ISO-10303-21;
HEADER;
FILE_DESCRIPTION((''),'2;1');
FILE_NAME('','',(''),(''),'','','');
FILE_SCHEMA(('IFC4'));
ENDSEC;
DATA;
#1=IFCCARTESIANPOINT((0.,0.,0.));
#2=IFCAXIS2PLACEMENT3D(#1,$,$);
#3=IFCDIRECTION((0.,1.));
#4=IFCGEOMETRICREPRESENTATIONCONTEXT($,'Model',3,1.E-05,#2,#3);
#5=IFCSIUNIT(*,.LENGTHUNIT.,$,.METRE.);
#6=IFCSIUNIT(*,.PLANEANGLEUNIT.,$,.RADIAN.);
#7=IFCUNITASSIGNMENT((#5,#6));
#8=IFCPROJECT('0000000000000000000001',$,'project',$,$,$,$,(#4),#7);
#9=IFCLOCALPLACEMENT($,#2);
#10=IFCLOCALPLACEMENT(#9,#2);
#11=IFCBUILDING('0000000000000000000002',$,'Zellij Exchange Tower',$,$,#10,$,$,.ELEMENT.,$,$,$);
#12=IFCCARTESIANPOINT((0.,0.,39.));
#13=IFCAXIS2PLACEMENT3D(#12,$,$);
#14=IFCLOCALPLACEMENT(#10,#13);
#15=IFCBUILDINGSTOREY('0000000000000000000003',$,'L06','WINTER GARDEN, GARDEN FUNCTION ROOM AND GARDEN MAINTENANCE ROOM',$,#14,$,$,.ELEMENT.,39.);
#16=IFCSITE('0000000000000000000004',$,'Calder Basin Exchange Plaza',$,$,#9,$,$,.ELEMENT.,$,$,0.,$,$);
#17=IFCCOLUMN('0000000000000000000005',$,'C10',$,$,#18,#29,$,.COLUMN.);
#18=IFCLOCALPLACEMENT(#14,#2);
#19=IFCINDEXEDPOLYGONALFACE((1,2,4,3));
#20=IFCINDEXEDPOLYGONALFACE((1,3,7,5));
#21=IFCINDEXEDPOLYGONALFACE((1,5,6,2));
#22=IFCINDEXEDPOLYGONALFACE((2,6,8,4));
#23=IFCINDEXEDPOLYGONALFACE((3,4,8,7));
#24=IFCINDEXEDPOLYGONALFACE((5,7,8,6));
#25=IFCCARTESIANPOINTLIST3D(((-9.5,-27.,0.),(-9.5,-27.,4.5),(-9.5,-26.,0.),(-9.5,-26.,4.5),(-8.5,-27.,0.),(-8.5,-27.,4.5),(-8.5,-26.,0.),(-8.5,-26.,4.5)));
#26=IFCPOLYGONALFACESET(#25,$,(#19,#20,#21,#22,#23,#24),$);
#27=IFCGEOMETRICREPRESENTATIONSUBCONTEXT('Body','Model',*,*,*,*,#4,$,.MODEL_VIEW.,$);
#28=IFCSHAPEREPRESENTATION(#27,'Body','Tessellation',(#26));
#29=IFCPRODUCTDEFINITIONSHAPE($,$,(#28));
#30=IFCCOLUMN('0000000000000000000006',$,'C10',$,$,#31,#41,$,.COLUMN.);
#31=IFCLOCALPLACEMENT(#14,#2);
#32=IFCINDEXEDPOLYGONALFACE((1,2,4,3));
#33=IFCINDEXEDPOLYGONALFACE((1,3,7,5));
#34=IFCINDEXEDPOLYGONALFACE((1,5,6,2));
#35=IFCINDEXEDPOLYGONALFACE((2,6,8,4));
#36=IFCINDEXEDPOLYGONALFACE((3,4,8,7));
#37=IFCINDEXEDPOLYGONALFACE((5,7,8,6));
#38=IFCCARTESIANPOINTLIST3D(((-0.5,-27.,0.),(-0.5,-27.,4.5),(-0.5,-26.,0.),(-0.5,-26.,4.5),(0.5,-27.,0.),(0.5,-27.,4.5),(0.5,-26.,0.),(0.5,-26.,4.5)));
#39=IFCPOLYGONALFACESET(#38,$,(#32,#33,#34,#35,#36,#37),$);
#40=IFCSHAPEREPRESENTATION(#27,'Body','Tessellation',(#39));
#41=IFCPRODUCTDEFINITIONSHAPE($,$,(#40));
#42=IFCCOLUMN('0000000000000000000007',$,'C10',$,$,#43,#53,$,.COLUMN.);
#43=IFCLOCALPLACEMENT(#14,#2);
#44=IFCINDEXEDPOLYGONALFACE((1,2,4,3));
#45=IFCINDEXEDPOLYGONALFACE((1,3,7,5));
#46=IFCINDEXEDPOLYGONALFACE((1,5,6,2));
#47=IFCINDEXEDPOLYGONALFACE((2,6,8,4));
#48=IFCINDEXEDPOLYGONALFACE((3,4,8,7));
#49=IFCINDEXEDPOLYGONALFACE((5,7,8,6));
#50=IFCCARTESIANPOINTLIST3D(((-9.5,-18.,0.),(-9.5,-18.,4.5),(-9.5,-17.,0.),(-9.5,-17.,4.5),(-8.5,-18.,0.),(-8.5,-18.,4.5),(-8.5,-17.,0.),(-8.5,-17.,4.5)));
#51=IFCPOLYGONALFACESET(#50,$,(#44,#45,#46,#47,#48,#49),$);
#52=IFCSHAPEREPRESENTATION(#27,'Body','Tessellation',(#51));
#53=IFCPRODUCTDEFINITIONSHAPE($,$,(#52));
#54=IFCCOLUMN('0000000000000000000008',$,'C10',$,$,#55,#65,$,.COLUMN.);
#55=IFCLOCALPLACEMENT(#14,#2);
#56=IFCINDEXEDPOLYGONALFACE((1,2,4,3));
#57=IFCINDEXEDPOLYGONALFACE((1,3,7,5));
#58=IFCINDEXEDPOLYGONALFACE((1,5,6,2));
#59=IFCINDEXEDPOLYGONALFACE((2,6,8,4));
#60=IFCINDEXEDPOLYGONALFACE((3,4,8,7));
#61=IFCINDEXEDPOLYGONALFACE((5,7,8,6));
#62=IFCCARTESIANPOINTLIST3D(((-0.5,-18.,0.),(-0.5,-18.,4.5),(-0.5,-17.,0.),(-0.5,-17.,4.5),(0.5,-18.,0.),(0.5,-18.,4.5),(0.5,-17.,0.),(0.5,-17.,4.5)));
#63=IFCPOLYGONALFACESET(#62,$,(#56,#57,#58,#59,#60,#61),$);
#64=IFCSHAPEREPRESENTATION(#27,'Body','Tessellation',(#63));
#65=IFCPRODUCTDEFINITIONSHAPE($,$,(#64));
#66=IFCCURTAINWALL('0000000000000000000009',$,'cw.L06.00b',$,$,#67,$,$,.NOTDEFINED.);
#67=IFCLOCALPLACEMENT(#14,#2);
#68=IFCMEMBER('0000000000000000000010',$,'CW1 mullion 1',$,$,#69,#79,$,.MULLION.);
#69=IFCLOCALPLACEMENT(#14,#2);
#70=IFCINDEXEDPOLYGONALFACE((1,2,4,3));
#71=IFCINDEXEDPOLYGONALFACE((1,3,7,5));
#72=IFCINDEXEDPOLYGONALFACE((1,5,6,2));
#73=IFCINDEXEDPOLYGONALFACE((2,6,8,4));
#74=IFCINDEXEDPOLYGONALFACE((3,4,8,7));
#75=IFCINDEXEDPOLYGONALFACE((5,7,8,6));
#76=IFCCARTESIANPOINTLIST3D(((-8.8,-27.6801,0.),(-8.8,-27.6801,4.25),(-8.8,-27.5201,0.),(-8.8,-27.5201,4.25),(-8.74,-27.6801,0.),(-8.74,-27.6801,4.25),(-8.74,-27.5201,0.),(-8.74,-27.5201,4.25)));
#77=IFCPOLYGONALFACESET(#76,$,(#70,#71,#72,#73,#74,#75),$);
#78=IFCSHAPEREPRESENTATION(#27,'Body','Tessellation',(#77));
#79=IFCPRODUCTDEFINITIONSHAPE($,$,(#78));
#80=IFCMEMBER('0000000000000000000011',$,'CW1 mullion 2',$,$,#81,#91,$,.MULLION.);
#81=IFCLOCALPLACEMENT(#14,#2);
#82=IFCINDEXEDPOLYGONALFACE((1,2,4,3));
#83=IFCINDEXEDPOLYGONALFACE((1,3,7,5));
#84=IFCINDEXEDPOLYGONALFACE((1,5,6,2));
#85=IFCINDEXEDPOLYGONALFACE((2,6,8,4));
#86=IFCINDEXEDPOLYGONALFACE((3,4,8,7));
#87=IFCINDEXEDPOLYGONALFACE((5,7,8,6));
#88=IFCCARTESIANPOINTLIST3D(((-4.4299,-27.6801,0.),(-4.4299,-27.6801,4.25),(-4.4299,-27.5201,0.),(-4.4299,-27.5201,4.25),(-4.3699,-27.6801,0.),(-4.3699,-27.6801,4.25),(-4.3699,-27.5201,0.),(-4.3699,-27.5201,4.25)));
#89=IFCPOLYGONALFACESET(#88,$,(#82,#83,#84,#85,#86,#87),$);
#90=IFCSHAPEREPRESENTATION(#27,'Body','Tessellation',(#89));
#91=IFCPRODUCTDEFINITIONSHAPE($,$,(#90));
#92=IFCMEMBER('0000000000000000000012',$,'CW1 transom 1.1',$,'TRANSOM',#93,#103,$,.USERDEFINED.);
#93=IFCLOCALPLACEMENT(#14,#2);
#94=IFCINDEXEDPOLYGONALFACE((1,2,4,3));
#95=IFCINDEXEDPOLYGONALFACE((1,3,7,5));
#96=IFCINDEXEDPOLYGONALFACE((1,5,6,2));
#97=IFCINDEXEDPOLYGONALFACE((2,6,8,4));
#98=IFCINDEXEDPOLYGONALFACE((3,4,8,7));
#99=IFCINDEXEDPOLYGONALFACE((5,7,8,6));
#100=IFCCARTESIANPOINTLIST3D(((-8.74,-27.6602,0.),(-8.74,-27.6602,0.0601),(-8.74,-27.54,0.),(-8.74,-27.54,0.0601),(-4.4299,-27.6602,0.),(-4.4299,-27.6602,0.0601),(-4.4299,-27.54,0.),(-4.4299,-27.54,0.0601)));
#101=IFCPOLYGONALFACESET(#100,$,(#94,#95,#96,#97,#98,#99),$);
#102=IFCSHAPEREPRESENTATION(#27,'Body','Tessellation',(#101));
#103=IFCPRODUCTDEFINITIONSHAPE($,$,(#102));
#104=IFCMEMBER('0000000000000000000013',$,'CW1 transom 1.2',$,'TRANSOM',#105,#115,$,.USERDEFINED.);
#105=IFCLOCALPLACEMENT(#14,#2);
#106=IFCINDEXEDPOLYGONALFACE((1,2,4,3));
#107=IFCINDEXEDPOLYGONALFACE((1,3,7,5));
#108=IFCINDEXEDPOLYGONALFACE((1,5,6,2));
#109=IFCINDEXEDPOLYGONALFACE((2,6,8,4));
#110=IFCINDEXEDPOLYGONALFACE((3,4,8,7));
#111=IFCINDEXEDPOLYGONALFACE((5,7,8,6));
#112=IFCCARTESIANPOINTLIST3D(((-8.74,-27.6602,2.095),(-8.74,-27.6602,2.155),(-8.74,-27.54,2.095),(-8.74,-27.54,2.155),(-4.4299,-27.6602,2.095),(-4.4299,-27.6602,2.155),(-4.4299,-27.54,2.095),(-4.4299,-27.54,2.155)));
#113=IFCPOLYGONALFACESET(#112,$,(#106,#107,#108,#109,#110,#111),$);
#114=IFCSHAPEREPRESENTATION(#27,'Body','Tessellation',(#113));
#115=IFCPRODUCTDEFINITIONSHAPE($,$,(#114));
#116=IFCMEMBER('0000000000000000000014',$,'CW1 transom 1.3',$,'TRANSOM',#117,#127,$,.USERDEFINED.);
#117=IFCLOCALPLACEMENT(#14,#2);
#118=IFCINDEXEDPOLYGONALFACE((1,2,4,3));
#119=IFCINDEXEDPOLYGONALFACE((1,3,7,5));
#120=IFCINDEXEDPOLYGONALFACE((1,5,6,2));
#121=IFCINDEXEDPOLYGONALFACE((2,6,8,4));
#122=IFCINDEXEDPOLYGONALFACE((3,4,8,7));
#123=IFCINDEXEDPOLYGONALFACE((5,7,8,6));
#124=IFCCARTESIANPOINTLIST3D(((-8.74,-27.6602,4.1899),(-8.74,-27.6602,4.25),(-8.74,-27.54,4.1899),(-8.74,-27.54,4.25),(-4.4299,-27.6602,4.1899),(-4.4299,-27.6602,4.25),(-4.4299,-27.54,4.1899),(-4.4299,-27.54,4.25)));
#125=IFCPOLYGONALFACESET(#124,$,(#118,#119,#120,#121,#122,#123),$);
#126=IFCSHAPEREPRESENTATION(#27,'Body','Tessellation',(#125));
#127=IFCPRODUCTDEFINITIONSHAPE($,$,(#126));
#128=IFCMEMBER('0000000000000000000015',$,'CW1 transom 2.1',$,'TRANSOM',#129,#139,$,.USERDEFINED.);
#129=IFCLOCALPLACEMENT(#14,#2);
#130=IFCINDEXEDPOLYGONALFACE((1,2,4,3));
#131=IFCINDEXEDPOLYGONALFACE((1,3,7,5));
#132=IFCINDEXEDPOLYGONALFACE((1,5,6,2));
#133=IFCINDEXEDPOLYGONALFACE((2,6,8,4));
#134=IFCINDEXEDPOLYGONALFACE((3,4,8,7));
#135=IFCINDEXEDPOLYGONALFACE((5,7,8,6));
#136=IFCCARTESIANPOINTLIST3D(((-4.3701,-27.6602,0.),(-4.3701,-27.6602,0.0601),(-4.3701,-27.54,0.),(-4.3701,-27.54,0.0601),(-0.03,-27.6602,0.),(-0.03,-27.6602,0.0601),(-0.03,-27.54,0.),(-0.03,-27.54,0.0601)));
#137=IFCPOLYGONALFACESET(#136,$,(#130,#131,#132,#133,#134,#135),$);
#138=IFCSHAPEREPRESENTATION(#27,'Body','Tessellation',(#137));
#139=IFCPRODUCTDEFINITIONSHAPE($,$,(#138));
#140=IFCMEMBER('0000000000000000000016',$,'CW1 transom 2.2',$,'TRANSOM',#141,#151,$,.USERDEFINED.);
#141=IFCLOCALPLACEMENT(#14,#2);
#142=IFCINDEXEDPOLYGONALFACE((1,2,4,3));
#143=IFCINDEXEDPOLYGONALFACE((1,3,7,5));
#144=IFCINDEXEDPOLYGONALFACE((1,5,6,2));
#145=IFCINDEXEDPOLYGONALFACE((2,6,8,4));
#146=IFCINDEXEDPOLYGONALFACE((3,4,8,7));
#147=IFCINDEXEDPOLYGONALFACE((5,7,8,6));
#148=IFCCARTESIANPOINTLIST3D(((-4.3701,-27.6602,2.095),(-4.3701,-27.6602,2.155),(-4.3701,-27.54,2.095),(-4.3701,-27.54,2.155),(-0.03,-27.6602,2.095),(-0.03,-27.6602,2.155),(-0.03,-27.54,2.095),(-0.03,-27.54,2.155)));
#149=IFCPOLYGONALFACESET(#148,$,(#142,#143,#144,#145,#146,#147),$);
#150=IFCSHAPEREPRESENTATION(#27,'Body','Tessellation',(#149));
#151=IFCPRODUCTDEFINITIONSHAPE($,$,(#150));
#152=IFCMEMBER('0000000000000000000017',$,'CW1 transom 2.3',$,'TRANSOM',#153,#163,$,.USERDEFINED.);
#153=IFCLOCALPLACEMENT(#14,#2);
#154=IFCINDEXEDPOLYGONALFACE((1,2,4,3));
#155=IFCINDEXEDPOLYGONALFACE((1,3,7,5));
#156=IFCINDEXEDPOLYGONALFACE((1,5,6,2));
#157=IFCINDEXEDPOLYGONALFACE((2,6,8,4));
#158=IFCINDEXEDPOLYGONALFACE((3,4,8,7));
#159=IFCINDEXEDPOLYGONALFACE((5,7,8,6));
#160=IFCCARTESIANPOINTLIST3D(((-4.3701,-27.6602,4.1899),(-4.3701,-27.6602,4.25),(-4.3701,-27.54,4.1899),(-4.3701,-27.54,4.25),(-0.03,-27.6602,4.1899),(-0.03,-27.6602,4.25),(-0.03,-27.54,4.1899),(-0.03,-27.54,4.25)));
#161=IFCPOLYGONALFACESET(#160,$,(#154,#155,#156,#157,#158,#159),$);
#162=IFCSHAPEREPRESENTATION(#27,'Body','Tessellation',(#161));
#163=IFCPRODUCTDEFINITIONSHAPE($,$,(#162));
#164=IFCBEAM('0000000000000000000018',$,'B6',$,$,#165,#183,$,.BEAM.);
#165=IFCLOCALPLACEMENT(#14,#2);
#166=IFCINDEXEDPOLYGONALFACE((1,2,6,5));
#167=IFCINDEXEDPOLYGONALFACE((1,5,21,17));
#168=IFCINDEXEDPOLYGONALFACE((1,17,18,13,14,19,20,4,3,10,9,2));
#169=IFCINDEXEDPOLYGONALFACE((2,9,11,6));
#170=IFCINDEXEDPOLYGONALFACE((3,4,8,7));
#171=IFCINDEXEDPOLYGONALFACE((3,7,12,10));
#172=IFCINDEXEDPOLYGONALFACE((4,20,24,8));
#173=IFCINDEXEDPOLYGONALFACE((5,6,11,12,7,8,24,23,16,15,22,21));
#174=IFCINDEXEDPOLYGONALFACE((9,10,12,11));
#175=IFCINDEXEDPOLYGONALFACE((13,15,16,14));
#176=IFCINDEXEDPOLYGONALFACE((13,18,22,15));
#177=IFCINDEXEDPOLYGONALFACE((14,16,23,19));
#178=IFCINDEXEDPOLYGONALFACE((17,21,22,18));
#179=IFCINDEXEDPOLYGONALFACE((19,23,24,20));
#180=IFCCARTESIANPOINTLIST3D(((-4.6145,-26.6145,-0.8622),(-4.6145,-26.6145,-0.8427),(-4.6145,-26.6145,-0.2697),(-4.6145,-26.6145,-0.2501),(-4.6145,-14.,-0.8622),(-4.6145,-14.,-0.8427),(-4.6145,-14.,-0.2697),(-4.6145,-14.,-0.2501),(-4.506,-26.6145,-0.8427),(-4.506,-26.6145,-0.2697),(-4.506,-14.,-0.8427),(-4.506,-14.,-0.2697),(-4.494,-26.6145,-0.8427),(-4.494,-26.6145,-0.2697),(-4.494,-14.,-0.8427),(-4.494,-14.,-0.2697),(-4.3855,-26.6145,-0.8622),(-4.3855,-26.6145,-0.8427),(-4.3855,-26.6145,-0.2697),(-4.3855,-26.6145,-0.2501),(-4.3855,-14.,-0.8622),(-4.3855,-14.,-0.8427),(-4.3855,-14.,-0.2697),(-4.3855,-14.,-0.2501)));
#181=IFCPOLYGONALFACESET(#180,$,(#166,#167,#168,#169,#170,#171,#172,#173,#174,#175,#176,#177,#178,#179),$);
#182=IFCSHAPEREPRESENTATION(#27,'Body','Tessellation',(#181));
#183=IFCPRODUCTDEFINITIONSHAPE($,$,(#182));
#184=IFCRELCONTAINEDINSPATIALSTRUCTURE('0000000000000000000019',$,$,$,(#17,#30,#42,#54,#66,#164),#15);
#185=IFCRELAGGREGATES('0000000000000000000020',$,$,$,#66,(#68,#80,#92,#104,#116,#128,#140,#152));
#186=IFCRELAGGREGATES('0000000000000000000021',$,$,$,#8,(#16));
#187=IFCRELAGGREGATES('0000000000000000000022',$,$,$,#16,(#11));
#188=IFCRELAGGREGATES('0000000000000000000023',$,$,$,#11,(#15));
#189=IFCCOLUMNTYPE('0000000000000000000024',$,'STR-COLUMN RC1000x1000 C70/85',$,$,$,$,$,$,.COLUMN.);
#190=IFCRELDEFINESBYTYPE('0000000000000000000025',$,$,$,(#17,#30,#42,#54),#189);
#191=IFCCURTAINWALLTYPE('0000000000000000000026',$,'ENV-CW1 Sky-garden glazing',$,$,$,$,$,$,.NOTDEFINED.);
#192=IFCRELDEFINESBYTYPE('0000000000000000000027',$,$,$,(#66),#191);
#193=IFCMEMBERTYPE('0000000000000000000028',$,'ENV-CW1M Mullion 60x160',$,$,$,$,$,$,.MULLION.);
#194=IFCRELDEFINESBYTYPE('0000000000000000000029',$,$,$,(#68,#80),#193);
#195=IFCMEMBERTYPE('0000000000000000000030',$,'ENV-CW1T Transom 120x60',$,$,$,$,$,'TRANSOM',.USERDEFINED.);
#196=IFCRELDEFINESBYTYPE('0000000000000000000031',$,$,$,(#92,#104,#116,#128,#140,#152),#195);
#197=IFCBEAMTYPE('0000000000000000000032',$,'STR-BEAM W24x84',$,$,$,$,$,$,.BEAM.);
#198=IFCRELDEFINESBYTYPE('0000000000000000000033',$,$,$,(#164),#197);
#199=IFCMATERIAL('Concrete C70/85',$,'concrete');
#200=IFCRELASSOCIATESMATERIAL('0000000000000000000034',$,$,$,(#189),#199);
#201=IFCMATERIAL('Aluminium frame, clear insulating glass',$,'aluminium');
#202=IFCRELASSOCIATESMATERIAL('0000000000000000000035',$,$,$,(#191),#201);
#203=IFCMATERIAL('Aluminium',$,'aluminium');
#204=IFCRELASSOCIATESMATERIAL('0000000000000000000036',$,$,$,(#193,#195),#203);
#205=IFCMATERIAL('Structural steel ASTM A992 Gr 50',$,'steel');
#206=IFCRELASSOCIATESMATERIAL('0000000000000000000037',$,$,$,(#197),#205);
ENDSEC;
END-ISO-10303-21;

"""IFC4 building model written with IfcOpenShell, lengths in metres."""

from ifc_helpers import new_model, si_unit, direction, frame, origin, origin_2d, place, context, subcontext, project, spatial, rectangle, i_section, extrude, material, material_profile, profile_set, type_object, element, aggregate, save


model = new_model("IFC4")

# Units and contexts
model_context = context("Model", 3, precision=1e-05, world=origin(), true_north=direction((0.0, 1.0)))
body_context = subcontext(model_context, "Body", "Model", "MODEL_VIEW")
ifc_project = project(units=[si_unit("LENGTHUNIT", "METRE"), si_unit("PLANEANGLEUNIT", "RADIAN")], contexts=[model_context])

# Site, building, storey
site_placement = place(None, origin())
site = spatial("IfcSite", under=ifc_project, at=site_placement, Name="Calder Basin Exchange Plaza", CompositionType="ELEMENT", RefElevation=0.0)
building_placement = place(site_placement, origin())
building = spatial("IfcBuilding", under=site, at=building_placement, Name="Zellij Exchange Tower", CompositionType="ELEMENT")
storey_placement = place(building_placement, frame((0.0, 0.0, 39.0)))
storey = spatial("IfcBuildingStorey", under=building, at=storey_placement, Name="L06", Description="WINTER GARDEN, GARDEN FUNCTION ROOM AND GARDEN MAINTENANCE ROOM", CompositionType="ELEMENT", Elevation=39.0)

# Columns
ifc_material_1 = material(Name="Concrete C70/85", Category="concrete")
ifc_material_profile_1 = material_profile(ifc_material_1, rectangle(XDim=1.0, YDim=1.0, at=origin_2d()), Name="STR-COLUMN RC1000x1000 C70/85")
ifc_profile_set_1 = profile_set([ifc_material_profile_1], Name="Concrete C70/85")
column_type = type_object("IfcColumnType", Name="STR-COLUMN RC1000x1000 C70/85", PredefinedType="COLUMN", material=ifc_profile_set_1)
for number, where, z_axis, x_axis, name in (
    (1, (-9.0, -26.5, 0.0), (0.0, 0.0, 1.0), (1.0, 0.0, 0.0), "C10"),
    (2, (0.0, -26.5, 0.0), (0.0, 0.0, 1.0), (1.0, 0.0, 0.0), "C10"),
    (3, (-9.0, -17.5, 0.0), (0.0, 0.0, 1.0), (1.0, 0.0, 0.0), "C10"),
    (4, (0.0, -17.5, 0.0), (0.0, 0.0, 1.0), (1.0, 0.0, 0.0), "C10"),
):
    element("IfcColumn", number, at=place(storey_placement, frame(where, z_axis=z_axis, x_axis=x_axis)), inside=storey, type_object=column_type, Name=name, PredefinedType="COLUMN", context=body_context, shape_type="SweptSolid", body=[
        extrude(rectangle(XDim=1.0, YDim=1.0, at=origin_2d()), origin(), (0.0, 0.0, 1.0), 4.5),
    ])

# Curtain wall, members
ifc_material_2 = material(Name="Aluminium frame, clear insulating glass", Category="aluminium")
curtain_wall_type = type_object("IfcCurtainWallType", Name="ENV-CW1 Sky-garden glazing", PredefinedType="NOTDEFINED", material=ifc_material_2)
curtain_wall_placement = place(storey_placement, origin())
curtain_wall = element("IfcCurtainWall", 5, at=curtain_wall_placement, inside=storey, type_object=curtain_wall_type, Name="cw.L06.00b", PredefinedType="NOTDEFINED")
ifc_material_3 = material(Name="Aluminium", Category="aluminium")
ifc_material_profile_2 = material_profile(ifc_material_3, rectangle(XDim=0.0601, YDim=0.1599, at=origin_2d()), Name="AL 60x160")
ifc_profile_set_2 = profile_set([ifc_material_profile_2], Name="Aluminium")
member_type_1 = type_object("IfcMemberType", Name="ENV-CW1M Mullion 60x160", PredefinedType="MULLION", material=ifc_profile_set_2)
member_1_placement = place(storey_placement, frame((-8.77, -27.6001, 0.0), z_axis=(0.0, 0.0, 1.0), x_axis=(1.0, 0.0, 0.0)))
member_1 = element("IfcMember", 6, at=member_1_placement, type_object=member_type_1, Name="CW1 mullion 1", PredefinedType="MULLION", context=body_context, shape_type="SweptSolid", body=[
    extrude(rectangle(XDim=0.0601, YDim=0.1599, at=origin_2d()), origin(), (0.0, 0.0, 1.0), 4.25),
])
member_2_placement = place(storey_placement, frame((-4.3999, -27.6001, 0.0), z_axis=(0.0, 0.0, 1.0), x_axis=(1.0, 0.0, 0.0)))
member_2 = element("IfcMember", 7, at=member_2_placement, type_object=member_type_1, Name="CW1 mullion 2", PredefinedType="MULLION", context=body_context, shape_type="SweptSolid", body=[
    extrude(rectangle(XDim=0.0601, YDim=0.1599, at=origin_2d()), origin(), (0.0, 0.0, 1.0), 4.25),
])
ifc_material_profile_3 = material_profile(ifc_material_3, rectangle(XDim=0.1201, YDim=0.0601, at=origin_2d()), Name="AL 120x60")
ifc_profile_set_3 = profile_set([ifc_material_profile_3], Name="Aluminium")
member_type_2 = type_object("IfcMemberType", Name="ENV-CW1T Transom 120x60", ElementType="TRANSOM", PredefinedType="USERDEFINED", material=ifc_profile_set_3)
member_3_placement = place(storey_placement, frame((-8.74, -27.6001, 0.03), z_axis=(1.0, 0.0, 0.0), x_axis=(0.0, 1.0, 0.0)))
member_3 = element("IfcMember", 8, at=member_3_placement, type_object=member_type_2, Name="CW1 transom 1.1", ObjectType="TRANSOM", PredefinedType="USERDEFINED", context=body_context, shape_type="SweptSolid", body=[
    extrude(rectangle(XDim=0.1201, YDim=0.0601, at=origin_2d()), origin(), (0.0, 0.0, 1.0), 4.3101),
])
member_4_placement = place(storey_placement, frame((-8.74, -27.6001, 2.125), z_axis=(1.0, 0.0, 0.0), x_axis=(0.0, 1.0, 0.0)))
member_4 = element("IfcMember", 9, at=member_4_placement, type_object=member_type_2, Name="CW1 transom 1.2", ObjectType="TRANSOM", PredefinedType="USERDEFINED", context=body_context, shape_type="SweptSolid", body=[
    extrude(rectangle(XDim=0.1201, YDim=0.0601, at=origin_2d()), origin(), (0.0, 0.0, 1.0), 4.3101),
])
member_5_placement = place(storey_placement, frame((-8.74, -27.6001, 4.22), z_axis=(1.0, 0.0, 0.0), x_axis=(0.0, 1.0, 0.0)))
member_5 = element("IfcMember", 10, at=member_5_placement, type_object=member_type_2, Name="CW1 transom 1.3", ObjectType="TRANSOM", PredefinedType="USERDEFINED", context=body_context, shape_type="SweptSolid", body=[
    extrude(rectangle(XDim=0.1201, YDim=0.0601, at=origin_2d()), origin(), (0.0, 0.0, 1.0), 4.3101),
])
member_6_placement = place(storey_placement, frame((-4.3701, -27.6001, 0.03), z_axis=(1.0, 0.0, 0.0), x_axis=(0.0, 1.0, 0.0)))
member_6 = element("IfcMember", 11, at=member_6_placement, type_object=member_type_2, Name="CW1 transom 2.1", ObjectType="TRANSOM", PredefinedType="USERDEFINED", context=body_context, shape_type="SweptSolid", body=[
    extrude(rectangle(XDim=0.1201, YDim=0.0601, at=origin_2d()), origin(), (0.0, 0.0, 1.0), 4.3401),
])
member_7_placement = place(storey_placement, frame((-4.3701, -27.6001, 2.125), z_axis=(1.0, 0.0, 0.0), x_axis=(0.0, 1.0, 0.0)))
member_7 = element("IfcMember", 12, at=member_7_placement, type_object=member_type_2, Name="CW1 transom 2.2", ObjectType="TRANSOM", PredefinedType="USERDEFINED", context=body_context, shape_type="SweptSolid", body=[
    extrude(rectangle(XDim=0.1201, YDim=0.0601, at=origin_2d()), origin(), (0.0, 0.0, 1.0), 4.3401),
])
member_8_placement = place(storey_placement, frame((-4.3701, -27.6001, 4.22), z_axis=(1.0, 0.0, 0.0), x_axis=(0.0, 1.0, 0.0)))
member_8 = element("IfcMember", 13, at=member_8_placement, type_object=member_type_2, Name="CW1 transom 2.3", ObjectType="TRANSOM", PredefinedType="USERDEFINED", context=body_context, shape_type="SweptSolid", body=[
    extrude(rectangle(XDim=0.1201, YDim=0.0601, at=origin_2d()), origin(), (0.0, 0.0, 1.0), 4.3401),
])

# Beam
ifc_material_4 = material(Name="Structural steel ASTM A992 Gr 50", Category="steel")
ifc_material_profile_4 = material_profile(ifc_material_4, i_section(OverallWidth=0.229, OverallDepth=0.6121, WebThickness=0.012, FlangeThickness=0.0195, at=origin_2d()), Name="W24x84")
ifc_profile_set_4 = profile_set([ifc_material_profile_4], Name="Structural steel ASTM A992 Gr 50")
beam_type_1 = type_object("IfcBeamType", Name="STR-BEAM W24x84", PredefinedType="BEAM", material=ifc_profile_set_4)
beam_1_placement = place(storey_placement, frame((-4.5, -26.6145, -0.5562), z_axis=(0.0, 1.0, 0.0), x_axis=(-1.0, 0.0, 0.0)))
element("IfcBeam", 14, at=beam_1_placement, inside=storey, type_object=beam_type_1, Name="B6", PredefinedType="BEAM", context=body_context, shape_type="SweptSolid", body=[
    extrude(i_section(OverallWidth=0.229, OverallDepth=0.6121, WebThickness=0.012, FlangeThickness=0.0195, at=origin_2d()), origin(), (0.0, 0.0, 1.0), 12.6145),
])

aggregate(curtain_wall, [member_1, member_2, member_3, member_4, member_5, member_6, member_7, member_8])

save(model, "model.ifc")
